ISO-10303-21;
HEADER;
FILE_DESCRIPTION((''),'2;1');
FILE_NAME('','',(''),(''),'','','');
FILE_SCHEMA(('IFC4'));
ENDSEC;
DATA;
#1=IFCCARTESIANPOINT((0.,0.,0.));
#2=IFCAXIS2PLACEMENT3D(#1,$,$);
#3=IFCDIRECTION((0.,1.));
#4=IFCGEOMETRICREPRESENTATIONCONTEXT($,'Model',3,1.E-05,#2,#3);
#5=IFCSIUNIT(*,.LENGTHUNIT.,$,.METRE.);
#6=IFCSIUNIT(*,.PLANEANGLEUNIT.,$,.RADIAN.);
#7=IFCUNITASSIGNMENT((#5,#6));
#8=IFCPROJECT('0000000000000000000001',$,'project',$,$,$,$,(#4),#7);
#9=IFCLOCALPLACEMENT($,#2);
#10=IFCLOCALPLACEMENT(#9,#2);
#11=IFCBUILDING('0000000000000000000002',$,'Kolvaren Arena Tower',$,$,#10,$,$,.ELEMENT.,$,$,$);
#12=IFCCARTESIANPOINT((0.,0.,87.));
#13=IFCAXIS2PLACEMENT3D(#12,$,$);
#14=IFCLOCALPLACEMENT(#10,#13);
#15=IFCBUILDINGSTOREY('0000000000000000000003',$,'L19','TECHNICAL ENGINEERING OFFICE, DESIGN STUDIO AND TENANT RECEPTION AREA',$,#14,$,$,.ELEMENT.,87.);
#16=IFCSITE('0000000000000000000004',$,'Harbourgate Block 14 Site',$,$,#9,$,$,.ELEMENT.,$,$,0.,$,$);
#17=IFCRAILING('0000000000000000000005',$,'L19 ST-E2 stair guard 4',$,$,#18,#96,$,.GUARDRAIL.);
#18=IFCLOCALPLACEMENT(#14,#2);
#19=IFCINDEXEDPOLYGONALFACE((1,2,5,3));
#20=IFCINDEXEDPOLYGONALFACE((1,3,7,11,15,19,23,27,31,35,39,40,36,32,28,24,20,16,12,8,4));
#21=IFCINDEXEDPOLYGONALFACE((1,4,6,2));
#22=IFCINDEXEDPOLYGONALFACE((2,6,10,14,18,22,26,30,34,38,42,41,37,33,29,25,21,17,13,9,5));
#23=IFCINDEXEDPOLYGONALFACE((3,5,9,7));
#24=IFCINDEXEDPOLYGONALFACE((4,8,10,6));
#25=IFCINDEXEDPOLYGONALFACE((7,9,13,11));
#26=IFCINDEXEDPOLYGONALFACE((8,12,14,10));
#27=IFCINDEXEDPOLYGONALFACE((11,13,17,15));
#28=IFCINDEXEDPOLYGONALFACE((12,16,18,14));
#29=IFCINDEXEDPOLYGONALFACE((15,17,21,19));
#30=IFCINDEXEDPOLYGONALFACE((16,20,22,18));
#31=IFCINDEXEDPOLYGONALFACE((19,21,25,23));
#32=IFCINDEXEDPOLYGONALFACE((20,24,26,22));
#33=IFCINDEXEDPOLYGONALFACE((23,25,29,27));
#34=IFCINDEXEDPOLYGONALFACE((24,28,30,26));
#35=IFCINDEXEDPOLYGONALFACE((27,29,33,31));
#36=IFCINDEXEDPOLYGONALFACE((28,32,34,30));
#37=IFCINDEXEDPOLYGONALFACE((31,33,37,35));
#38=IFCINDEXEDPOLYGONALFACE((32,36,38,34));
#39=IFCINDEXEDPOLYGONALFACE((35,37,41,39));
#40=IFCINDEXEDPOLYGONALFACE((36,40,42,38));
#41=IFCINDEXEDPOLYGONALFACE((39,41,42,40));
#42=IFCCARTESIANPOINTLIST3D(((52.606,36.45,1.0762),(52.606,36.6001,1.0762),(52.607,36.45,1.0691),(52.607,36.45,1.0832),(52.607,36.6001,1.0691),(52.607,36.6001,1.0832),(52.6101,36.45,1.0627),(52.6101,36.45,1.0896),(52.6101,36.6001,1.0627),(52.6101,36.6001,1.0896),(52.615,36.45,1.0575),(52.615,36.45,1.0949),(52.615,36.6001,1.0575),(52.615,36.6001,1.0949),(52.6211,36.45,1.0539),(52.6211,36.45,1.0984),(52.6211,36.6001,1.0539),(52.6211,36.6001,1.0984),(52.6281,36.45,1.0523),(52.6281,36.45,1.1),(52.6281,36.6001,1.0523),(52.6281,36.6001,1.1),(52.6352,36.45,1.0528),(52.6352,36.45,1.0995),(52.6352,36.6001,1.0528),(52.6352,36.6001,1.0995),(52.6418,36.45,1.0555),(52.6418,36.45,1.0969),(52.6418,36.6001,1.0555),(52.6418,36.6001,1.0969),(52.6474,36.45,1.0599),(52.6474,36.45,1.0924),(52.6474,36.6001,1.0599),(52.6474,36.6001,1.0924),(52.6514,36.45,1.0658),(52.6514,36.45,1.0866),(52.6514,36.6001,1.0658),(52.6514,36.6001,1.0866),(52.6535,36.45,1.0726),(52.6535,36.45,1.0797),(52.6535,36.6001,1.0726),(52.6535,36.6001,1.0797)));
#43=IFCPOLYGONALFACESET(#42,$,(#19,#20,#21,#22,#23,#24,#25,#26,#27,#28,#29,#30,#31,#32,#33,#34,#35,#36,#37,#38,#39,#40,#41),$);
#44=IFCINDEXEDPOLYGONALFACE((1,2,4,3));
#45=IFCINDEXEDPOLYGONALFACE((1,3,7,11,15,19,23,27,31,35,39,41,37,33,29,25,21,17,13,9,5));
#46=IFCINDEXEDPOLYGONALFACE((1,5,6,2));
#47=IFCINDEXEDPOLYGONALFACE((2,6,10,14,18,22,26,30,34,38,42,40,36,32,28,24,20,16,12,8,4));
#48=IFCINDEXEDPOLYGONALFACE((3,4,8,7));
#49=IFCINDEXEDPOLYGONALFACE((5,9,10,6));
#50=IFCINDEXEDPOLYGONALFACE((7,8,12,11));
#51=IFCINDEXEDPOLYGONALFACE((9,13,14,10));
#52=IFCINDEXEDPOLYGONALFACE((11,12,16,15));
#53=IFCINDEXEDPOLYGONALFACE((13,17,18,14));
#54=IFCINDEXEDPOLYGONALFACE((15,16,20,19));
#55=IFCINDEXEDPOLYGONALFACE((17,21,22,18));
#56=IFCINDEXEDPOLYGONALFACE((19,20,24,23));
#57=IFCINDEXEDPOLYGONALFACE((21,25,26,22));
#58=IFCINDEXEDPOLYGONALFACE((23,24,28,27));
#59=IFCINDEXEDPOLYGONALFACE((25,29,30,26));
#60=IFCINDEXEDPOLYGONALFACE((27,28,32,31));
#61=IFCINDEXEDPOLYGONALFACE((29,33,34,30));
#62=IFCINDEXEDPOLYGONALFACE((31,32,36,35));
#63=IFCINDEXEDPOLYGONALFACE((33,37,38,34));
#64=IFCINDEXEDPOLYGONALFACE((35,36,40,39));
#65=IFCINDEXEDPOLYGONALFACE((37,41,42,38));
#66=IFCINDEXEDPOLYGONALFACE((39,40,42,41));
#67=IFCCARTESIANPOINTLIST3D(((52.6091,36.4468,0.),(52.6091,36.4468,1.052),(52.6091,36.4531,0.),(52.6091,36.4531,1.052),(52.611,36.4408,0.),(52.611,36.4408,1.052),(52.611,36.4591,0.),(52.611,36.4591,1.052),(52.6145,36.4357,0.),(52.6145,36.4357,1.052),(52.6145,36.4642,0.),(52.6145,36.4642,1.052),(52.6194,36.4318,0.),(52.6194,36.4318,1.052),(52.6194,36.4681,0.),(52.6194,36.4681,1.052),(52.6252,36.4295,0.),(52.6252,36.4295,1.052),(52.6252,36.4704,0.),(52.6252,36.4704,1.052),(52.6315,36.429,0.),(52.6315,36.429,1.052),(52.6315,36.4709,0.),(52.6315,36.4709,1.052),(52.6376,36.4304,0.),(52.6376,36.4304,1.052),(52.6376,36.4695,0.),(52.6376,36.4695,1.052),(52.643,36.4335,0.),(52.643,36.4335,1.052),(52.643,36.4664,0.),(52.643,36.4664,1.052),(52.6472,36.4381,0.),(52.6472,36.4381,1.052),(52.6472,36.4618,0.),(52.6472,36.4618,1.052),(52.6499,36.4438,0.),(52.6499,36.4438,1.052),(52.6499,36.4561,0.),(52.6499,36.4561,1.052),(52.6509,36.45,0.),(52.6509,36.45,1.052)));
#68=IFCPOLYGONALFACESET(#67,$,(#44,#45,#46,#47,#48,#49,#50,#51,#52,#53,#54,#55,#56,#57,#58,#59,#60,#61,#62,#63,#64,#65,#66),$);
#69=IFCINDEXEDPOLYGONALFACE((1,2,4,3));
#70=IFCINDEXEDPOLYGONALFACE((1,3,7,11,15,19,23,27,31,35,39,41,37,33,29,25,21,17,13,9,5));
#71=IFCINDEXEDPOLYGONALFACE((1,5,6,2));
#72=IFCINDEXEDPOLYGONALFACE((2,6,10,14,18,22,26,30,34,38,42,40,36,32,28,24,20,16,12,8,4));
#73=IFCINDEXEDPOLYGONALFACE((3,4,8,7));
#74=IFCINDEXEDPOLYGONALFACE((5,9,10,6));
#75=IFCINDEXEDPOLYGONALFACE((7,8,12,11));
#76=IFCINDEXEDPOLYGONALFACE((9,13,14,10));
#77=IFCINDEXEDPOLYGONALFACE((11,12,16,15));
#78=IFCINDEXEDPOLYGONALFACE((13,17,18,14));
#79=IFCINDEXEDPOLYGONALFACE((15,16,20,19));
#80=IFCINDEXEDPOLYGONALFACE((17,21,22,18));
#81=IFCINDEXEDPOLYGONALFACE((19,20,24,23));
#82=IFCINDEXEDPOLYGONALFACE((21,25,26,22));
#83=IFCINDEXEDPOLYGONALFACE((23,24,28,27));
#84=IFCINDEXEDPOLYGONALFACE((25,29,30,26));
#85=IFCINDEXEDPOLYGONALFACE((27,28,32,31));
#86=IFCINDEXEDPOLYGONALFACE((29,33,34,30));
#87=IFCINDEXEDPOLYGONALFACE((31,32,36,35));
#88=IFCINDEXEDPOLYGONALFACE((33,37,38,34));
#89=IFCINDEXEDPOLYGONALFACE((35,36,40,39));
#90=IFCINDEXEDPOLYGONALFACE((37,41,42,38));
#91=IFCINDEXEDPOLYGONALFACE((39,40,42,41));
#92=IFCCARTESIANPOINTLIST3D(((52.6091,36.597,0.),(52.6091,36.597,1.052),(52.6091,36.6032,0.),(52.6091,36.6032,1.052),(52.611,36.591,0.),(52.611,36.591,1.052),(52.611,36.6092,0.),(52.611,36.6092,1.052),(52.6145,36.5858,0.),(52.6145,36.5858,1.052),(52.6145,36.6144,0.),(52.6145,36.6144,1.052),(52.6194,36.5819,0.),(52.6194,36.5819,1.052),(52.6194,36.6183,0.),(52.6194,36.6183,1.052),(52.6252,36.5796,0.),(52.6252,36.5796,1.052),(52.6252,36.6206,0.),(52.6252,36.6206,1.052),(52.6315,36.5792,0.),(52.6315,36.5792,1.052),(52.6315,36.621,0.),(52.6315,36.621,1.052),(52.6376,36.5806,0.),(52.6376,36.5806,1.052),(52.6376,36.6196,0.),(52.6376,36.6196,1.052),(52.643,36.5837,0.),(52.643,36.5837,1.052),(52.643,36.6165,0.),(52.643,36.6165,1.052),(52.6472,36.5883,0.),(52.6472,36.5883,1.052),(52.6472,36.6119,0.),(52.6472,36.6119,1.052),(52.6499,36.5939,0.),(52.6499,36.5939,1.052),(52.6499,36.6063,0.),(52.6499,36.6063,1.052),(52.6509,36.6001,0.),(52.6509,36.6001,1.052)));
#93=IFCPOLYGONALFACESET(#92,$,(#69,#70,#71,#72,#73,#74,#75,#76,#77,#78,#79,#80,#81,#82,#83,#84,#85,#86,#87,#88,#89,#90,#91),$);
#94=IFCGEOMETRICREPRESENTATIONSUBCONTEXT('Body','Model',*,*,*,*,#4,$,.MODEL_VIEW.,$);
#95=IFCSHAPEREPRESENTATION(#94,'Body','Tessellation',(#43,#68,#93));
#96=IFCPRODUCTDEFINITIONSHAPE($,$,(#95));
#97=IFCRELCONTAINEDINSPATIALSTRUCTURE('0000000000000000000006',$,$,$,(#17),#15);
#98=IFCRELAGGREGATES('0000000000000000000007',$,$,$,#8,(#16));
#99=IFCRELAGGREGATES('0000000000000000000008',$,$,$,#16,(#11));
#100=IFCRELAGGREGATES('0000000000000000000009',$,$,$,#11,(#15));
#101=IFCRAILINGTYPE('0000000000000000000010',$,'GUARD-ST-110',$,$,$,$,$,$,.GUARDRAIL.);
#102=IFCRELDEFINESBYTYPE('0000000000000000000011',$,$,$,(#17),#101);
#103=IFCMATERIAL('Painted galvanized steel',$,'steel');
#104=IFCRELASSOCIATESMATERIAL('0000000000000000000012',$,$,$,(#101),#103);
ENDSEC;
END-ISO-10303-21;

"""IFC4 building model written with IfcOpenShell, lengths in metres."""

from ifc_helpers import new_model, si_unit, direction, frame, origin, origin_2d, place, context, subcontext, project, spatial, circle, extrude, material, type_object, element, save


model = new_model("IFC4")

# Units and contexts
model_context = context("Model", 3, precision=1e-05, world=origin(), true_north=direction((0.0, 1.0)))
body_context = subcontext(model_context, "Body", "Model", "MODEL_VIEW")
ifc_project = project(units=[si_unit("LENGTHUNIT", "METRE"), si_unit("PLANEANGLEUNIT", "RADIAN")], contexts=[model_context])

# Site, building, storey
site_placement = place(None, origin())
site = spatial("IfcSite", under=ifc_project, at=site_placement, Name="Harbourgate Block 14 Site", CompositionType="ELEMENT", RefElevation=0.0)
building_placement = place(site_placement, origin())
building = spatial("IfcBuilding", under=site, at=building_placement, Name="Kolvaren Arena Tower", CompositionType="ELEMENT")
storey_placement = place(building_placement, frame((0.0, 0.0, 87.0)))
storey = spatial("IfcBuildingStorey", under=building, at=storey_placement, Name="L19", Description="TECHNICAL ENGINEERING OFFICE, DESIGN STUDIO AND TENANT RECEPTION AREA", CompositionType="ELEMENT", Elevation=87.0)

# Railing
ifc_material_1 = material(Name="Painted galvanized steel", Category="steel")
railing_type_1 = type_object("IfcRailingType", Name="GUARD-ST-110", PredefinedType="GUARDRAIL", material=ifc_material_1)
railing_1_placement = place(storey_placement, frame((52.6299, 36.45, 0.0)))
element("IfcRailing", 1, at=railing_1_placement, inside=storey, type_object=railing_type_1, Name="L19 ST-E2 stair guard 4", PredefinedType="GUARDRAIL", context=body_context, shape_type="SweptSolid", body=[
    extrude(circle(Radius=0.0239, at=origin_2d()), frame((0.0, 0.0, 1.0762), z_axis=(0.0, 1.0, 0.0), x_axis=(-1.0, 0.0, 0.0)), (0.0, 0.0, 1.0), 0.1501),
    extrude(circle(Radius=0.021, at=origin_2d()), origin(), (0.0, 0.0, 1.0), 1.052),
    extrude(circle(Radius=0.021, at=origin_2d()), frame((0.0, 0.1501, 0.0)), (0.0, 0.0, 1.0), 1.052),
])

save(model, "model.ifc")
